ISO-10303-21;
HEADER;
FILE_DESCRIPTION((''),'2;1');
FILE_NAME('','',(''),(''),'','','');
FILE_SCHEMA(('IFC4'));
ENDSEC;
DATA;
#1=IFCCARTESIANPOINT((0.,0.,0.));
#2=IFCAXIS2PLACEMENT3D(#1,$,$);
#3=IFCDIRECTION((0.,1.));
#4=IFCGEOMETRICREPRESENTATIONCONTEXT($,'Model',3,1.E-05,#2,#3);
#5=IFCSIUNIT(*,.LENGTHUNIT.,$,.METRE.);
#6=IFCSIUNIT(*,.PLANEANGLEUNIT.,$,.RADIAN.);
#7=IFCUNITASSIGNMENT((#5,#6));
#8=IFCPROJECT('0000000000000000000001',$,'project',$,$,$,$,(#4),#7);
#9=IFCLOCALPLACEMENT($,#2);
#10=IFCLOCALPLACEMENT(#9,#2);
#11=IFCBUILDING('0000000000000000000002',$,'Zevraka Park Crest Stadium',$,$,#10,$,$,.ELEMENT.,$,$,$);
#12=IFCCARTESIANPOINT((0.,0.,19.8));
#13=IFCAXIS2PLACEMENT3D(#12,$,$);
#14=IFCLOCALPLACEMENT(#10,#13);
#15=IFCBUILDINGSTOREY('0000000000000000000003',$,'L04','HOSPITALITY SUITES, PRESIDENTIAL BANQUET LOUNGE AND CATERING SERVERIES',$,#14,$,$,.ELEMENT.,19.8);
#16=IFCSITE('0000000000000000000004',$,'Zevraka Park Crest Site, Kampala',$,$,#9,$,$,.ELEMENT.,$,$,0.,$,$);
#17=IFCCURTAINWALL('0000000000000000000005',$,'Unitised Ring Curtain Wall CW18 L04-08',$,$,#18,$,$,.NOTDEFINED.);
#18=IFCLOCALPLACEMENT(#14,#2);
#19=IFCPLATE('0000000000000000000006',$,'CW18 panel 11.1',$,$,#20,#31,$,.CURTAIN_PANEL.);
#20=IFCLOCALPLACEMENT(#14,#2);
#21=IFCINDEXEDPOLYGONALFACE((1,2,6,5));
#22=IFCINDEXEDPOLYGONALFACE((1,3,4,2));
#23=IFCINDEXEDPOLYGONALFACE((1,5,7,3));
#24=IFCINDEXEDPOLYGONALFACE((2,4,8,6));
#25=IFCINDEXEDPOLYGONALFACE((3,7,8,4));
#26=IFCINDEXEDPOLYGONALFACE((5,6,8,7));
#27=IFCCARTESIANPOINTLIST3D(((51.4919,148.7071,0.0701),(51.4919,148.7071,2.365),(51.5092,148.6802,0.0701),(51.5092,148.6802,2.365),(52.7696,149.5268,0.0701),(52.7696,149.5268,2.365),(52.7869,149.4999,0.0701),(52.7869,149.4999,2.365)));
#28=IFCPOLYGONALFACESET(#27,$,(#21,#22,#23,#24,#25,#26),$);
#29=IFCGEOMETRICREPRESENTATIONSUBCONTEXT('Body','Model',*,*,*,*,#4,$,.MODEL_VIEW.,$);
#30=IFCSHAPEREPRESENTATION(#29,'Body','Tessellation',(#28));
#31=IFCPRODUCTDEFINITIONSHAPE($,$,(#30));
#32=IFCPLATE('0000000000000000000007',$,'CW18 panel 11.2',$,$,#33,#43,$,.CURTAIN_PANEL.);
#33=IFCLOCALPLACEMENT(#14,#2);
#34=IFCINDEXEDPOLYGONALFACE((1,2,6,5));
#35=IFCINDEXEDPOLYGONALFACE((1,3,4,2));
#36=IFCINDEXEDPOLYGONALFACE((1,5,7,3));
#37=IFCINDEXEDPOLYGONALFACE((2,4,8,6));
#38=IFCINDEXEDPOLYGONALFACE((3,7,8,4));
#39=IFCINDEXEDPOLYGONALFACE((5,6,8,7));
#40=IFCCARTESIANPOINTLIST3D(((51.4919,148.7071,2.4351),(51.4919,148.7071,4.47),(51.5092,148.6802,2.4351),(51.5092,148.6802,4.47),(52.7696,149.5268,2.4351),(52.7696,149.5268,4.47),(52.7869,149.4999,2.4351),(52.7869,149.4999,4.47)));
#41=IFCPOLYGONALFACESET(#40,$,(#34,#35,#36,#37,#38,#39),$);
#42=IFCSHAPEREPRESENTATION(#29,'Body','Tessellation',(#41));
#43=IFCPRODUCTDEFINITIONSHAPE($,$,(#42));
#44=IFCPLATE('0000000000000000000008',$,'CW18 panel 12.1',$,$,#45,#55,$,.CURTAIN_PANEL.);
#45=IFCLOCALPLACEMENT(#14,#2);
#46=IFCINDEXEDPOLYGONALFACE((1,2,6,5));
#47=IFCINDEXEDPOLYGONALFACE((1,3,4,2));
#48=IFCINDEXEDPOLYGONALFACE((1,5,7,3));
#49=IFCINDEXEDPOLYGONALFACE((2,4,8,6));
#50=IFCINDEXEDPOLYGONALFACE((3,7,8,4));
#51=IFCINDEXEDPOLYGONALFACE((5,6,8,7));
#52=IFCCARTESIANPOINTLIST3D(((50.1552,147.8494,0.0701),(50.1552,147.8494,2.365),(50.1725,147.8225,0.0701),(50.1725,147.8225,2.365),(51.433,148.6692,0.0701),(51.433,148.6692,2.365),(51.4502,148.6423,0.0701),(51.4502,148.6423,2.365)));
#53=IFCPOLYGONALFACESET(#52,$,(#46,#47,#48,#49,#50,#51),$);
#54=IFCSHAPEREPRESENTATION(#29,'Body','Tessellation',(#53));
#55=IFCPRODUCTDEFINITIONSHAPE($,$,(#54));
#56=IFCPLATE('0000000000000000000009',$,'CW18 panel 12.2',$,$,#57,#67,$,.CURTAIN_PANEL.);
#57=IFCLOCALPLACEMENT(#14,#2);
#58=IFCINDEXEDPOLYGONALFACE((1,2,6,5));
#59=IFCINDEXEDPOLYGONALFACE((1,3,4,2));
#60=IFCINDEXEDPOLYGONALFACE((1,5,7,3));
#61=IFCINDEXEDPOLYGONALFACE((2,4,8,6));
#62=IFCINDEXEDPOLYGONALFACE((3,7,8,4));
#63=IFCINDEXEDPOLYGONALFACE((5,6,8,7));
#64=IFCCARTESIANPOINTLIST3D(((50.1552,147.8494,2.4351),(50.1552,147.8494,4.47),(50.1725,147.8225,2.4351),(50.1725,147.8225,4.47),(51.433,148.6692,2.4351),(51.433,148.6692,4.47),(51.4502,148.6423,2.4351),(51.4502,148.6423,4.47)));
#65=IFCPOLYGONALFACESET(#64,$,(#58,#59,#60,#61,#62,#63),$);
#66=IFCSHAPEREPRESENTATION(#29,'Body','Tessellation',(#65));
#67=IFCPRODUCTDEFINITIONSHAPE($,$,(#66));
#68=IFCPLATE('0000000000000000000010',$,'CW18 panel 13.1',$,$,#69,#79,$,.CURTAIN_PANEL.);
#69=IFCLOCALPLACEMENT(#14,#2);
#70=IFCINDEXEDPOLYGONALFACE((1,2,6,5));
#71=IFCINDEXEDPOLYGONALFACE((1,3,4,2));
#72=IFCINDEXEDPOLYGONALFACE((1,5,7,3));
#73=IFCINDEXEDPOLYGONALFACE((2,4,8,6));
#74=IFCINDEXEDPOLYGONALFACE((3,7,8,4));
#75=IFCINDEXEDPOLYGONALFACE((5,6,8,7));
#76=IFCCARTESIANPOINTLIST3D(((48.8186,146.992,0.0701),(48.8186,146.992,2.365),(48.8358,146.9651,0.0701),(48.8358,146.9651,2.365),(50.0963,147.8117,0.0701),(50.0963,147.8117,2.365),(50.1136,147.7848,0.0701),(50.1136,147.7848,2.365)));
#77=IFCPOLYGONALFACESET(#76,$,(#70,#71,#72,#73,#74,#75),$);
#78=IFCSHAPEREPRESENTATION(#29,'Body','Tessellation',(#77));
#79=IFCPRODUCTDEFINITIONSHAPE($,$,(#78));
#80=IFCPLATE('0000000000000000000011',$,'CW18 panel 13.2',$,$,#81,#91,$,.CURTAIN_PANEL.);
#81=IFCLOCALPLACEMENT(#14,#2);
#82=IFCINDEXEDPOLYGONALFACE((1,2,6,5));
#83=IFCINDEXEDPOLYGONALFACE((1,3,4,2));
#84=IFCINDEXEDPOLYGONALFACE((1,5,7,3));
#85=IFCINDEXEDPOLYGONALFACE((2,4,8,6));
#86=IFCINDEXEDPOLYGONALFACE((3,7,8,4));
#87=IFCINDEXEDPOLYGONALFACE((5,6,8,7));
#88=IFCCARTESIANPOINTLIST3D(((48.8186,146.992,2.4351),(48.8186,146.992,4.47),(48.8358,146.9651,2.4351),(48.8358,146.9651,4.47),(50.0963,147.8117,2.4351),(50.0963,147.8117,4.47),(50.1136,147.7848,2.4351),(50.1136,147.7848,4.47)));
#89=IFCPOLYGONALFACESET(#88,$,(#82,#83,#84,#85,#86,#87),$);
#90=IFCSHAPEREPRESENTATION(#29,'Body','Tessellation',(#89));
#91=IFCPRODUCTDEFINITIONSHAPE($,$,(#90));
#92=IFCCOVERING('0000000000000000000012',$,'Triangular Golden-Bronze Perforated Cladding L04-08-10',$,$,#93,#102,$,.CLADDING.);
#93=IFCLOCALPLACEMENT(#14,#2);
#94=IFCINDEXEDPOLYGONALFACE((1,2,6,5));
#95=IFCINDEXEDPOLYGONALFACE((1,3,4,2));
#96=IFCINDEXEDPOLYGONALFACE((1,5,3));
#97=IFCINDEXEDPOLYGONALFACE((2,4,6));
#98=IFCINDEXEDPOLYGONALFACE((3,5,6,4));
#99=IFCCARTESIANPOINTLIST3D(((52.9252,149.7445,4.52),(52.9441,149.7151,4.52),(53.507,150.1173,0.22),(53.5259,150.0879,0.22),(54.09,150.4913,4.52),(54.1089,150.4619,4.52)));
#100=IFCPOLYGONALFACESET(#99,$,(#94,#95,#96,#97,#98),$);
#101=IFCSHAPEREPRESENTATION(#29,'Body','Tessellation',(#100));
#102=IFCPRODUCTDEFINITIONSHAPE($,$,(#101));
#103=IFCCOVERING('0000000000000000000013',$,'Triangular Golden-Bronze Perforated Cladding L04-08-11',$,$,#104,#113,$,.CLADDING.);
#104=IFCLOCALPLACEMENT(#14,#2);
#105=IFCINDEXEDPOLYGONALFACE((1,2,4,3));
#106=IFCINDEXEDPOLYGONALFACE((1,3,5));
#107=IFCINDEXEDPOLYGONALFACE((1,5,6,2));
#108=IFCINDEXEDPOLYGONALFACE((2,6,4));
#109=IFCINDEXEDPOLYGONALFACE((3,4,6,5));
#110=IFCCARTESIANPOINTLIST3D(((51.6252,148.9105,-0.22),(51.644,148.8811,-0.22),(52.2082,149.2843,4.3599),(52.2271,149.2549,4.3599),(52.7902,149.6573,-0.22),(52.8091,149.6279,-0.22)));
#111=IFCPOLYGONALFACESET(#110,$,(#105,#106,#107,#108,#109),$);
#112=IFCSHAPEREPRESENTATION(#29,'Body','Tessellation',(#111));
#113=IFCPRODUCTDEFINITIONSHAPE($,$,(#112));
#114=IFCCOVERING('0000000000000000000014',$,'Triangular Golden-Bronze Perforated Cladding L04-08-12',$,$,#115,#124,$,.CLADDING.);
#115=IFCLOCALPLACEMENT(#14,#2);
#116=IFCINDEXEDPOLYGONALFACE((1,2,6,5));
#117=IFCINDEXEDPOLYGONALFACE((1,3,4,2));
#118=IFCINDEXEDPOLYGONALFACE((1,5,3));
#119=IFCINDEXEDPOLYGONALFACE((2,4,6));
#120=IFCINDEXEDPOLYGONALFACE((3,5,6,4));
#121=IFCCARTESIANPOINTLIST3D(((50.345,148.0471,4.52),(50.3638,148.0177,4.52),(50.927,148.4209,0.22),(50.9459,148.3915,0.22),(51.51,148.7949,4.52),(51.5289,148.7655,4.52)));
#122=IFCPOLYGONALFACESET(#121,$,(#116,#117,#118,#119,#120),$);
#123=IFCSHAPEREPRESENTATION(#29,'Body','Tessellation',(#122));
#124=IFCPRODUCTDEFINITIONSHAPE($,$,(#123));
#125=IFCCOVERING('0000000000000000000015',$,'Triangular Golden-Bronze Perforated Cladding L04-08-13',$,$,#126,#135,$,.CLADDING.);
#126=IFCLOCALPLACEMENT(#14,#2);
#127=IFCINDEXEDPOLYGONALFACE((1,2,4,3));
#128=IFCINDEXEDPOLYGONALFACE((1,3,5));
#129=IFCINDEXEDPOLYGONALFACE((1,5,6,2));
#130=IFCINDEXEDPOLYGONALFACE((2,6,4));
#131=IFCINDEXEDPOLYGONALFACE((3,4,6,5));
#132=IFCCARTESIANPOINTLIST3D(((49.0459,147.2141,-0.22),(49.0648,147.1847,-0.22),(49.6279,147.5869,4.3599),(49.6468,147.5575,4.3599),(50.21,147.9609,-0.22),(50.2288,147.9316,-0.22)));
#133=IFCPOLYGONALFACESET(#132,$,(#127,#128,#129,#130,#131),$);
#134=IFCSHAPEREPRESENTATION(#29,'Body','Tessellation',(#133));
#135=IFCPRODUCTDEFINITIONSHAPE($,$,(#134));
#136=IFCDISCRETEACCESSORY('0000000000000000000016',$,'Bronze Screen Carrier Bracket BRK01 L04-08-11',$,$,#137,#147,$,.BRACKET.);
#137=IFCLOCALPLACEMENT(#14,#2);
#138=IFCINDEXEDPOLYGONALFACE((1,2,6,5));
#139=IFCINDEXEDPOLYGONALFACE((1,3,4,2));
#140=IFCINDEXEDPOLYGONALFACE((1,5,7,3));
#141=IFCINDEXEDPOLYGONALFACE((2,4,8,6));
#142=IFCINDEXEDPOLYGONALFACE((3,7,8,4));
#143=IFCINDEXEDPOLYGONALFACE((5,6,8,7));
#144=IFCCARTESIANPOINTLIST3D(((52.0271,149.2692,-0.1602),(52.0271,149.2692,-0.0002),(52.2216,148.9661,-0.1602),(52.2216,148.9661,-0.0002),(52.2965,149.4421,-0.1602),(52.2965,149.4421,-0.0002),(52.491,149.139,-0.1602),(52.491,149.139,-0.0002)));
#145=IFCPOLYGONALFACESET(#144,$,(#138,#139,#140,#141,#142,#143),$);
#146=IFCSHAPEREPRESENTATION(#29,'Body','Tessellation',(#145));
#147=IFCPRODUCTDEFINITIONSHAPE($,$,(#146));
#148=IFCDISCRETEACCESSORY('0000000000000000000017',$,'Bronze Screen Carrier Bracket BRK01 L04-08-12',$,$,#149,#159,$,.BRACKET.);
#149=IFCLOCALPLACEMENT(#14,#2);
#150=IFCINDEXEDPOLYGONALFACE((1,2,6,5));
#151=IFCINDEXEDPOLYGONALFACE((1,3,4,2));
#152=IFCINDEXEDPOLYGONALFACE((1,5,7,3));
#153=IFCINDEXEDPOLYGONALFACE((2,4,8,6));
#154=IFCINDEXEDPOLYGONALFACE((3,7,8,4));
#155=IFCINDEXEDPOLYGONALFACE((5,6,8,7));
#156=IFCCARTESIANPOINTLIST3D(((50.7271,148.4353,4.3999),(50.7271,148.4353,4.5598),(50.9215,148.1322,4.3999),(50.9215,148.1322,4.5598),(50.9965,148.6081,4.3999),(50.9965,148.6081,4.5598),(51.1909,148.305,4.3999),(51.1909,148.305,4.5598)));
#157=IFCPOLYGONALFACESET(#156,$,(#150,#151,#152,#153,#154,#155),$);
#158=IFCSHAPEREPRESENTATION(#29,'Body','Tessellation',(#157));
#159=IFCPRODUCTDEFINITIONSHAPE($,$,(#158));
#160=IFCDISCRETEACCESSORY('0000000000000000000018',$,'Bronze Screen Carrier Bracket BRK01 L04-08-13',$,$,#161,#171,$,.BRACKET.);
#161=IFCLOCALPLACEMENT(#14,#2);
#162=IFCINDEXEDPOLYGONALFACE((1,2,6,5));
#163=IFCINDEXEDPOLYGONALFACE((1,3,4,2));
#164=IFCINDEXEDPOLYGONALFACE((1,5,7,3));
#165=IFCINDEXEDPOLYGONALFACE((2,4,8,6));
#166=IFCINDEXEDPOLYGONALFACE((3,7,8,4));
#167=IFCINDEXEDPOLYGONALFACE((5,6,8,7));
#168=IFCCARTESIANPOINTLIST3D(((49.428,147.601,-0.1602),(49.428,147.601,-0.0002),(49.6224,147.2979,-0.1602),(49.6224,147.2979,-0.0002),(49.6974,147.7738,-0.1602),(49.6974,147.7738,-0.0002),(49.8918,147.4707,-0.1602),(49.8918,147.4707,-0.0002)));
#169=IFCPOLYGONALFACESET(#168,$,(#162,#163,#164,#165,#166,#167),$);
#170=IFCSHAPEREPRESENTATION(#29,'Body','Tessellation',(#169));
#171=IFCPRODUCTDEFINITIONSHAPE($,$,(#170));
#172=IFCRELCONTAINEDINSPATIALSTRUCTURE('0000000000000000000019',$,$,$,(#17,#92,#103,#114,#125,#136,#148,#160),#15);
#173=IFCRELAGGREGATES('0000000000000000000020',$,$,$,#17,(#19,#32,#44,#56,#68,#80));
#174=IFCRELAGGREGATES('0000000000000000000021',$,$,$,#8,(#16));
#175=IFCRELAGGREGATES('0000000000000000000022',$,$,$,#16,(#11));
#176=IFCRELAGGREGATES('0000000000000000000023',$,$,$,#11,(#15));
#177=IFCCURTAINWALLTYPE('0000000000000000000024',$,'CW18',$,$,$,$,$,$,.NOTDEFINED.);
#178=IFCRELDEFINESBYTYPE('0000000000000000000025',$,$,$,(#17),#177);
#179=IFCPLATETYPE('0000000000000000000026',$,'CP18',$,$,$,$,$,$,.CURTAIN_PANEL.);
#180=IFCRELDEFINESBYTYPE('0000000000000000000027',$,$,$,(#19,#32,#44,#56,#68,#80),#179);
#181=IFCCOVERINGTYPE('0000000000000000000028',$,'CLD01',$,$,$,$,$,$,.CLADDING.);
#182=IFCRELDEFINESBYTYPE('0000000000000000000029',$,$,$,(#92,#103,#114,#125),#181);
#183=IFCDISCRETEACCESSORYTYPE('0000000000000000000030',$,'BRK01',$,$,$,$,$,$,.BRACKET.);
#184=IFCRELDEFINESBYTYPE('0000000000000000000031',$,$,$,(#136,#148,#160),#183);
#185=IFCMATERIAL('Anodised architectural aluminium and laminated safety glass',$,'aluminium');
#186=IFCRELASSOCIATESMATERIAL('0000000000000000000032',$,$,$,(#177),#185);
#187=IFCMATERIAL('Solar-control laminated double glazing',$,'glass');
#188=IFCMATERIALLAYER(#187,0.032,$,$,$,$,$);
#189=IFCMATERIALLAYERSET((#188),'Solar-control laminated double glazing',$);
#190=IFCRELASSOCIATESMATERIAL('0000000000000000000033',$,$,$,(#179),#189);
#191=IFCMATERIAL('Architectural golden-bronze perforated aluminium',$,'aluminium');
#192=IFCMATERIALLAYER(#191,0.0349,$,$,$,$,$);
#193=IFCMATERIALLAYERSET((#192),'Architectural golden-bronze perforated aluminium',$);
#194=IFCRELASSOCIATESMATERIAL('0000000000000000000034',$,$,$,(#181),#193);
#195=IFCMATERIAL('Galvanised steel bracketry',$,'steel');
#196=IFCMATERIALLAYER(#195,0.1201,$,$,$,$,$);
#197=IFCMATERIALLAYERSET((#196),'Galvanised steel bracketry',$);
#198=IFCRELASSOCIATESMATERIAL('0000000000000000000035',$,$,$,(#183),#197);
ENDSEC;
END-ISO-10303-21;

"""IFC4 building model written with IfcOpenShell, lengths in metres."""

from ifc_helpers import new_model, si_unit, direction, frame, origin, origin_2d, place, context, subcontext, project, spatial, polyline, rectangle, outline, extrude, material, layer, layer_set, type_object, element, aggregate, save


model = new_model("IFC4")

# Units and contexts
model_context = context("Model", 3, precision=1e-05, world=origin(), true_north=direction((0.0, 1.0)))
body_context = subcontext(model_context, "Body", "Model", "MODEL_VIEW")
ifc_project = project(units=[si_unit("LENGTHUNIT", "METRE"), si_unit("PLANEANGLEUNIT", "RADIAN")], contexts=[model_context])

# Site, building, storey
site_placement = place(None, origin())
site = spatial("IfcSite", under=ifc_project, at=site_placement, Name="Zevraka Park Crest Site, Kampala", CompositionType="ELEMENT", RefElevation=0.0)
building_placement = place(site_placement, origin())
building = spatial("IfcBuilding", under=site, at=building_placement, Name="Zevraka Park Crest Stadium", CompositionType="ELEMENT")
storey_placement = place(building_placement, frame((0.0, 0.0, 19.8)))
storey = spatial("IfcBuildingStorey", under=building, at=storey_placement, Name="L04", Description="HOSPITALITY SUITES, PRESIDENTIAL BANQUET LOUNGE AND CATERING SERVERIES", CompositionType="ELEMENT", Elevation=19.8)

# Curtain wall, plates
ifc_material_1 = material(Name="Anodised architectural aluminium and laminated safety glass", Category="aluminium")
curtain_wall_type = type_object("IfcCurtainWallType", Name="CW18", PredefinedType="NOTDEFINED", material=ifc_material_1)
curtain_wall_placement = place(storey_placement, origin())
curtain_wall = element("IfcCurtainWall", 1, at=curtain_wall_placement, inside=storey, type_object=curtain_wall_type, Name="Unitised Ring Curtain Wall CW18 L04-08", PredefinedType="NOTDEFINED")
ifc_material_2 = material(Name="Solar-control laminated double glazing", Category="glass")
ifc_layer_1 = layer(ifc_material_2, 0.032)
ifc_layer_set_1 = layer_set([ifc_layer_1], Name="Solar-control laminated double glazing")
plate_type = type_object("IfcPlateType", Name="CP18", PredefinedType="CURTAIN_PANEL", material=ifc_layer_set_1)
plate_1_placement = place(storey_placement, frame((52.1394, 149.1035, 0.0701), z_axis=(0.0, 0.0, 1.0), x_axis=(-0.841678, -0.53998, 0.0)))
plate_1 = element("IfcPlate", 2, at=plate_1_placement, type_object=plate_type, Name="CW18 panel 11.1", PredefinedType="CURTAIN_PANEL", context=body_context, shape_type="SweptSolid", body=[
    extrude(rectangle(XDim=1.5181, YDim=0.032, at=origin_2d()), origin(), (0.0, 0.0, 1.0), 2.2949),
])
plate_2_placement = place(storey_placement, frame((52.1394, 149.1035, 2.4351), z_axis=(0.0, 0.0, 1.0), x_axis=(-0.841678, -0.53998, 0.0)))
plate_2 = element("IfcPlate", 3, at=plate_2_placement, type_object=plate_type, Name="CW18 panel 11.2", PredefinedType="CURTAIN_PANEL", context=body_context, shape_type="SweptSolid", body=[
    extrude(rectangle(XDim=1.5181, YDim=0.032, at=origin_2d()), origin(), (0.0, 0.0, 1.0), 2.0349),
])
plate_3_placement = place(storey_placement, frame((50.8027, 148.2458, 0.0701), z_axis=(0.0, 0.0, 1.0), x_axis=(-0.841678, -0.53998, 0.0)))
plate_3 = element("IfcPlate", 4, at=plate_3_placement, type_object=plate_type, Name="CW18 panel 12.1", PredefinedType="CURTAIN_PANEL", context=body_context, shape_type="SweptSolid", body=[
    extrude(rectangle(XDim=1.5181, YDim=0.032, at=origin_2d()), origin(), (0.0, 0.0, 1.0), 2.2949),
])
plate_4_placement = place(storey_placement, frame((50.8027, 148.2458, 2.4351), z_axis=(0.0, 0.0, 1.0), x_axis=(-0.841678, -0.53998, 0.0)))
plate_4 = element("IfcPlate", 5, at=plate_4_placement, type_object=plate_type, Name="CW18 panel 12.2", PredefinedType="CURTAIN_PANEL", context=body_context, shape_type="SweptSolid", body=[
    extrude(rectangle(XDim=1.5181, YDim=0.032, at=origin_2d()), origin(), (0.0, 0.0, 1.0), 2.0349),
])
plate_5_placement = place(storey_placement, frame((49.4661, 147.3884, 0.0701), z_axis=(0.0, 0.0, 1.0), x_axis=(-0.841678, -0.53998, 0.0)))
plate_5 = element("IfcPlate", 6, at=plate_5_placement, type_object=plate_type, Name="CW18 panel 13.1", PredefinedType="CURTAIN_PANEL", context=body_context, shape_type="SweptSolid", body=[
    extrude(rectangle(XDim=1.5181, YDim=0.032, at=origin_2d()), origin(), (0.0, 0.0, 1.0), 2.2949),
])
plate_6_placement = place(storey_placement, frame((49.4661, 147.3884, 2.4351), z_axis=(0.0, 0.0, 1.0), x_axis=(-0.841678, -0.53998, 0.0)))
plate_6 = element("IfcPlate", 7, at=plate_6_placement, type_object=plate_type, Name="CW18 panel 13.2", PredefinedType="CURTAIN_PANEL", context=body_context, shape_type="SweptSolid", body=[
    extrude(rectangle(XDim=1.5181, YDim=0.032, at=origin_2d()), origin(), (0.0, 0.0, 1.0), 2.0349),
])
aggregate(curtain_wall, [plate_1, plate_2, plate_3, plate_4, plate_5, plate_6])

# Coverings
ifc_material_3 = material(Name="Architectural golden-bronze perforated aluminium", Category="aluminium")
ifc_layer_2 = layer(ifc_material_3, 0.0349)
ifc_layer_set_2 = layer_set([ifc_layer_2], Name="Architectural golden-bronze perforated aluminium")
covering_type = type_object("IfcCoveringType", Name="CLD01", PredefinedType="CLADDING", material=ifc_layer_set_2)
covering_1_placement = place(storey_placement, frame((52.9441, 149.7151, 4.52), z_axis=(0.539749, -0.841826, 0.000043), x_axis=(0.841826, 0.539749, 0.0)))
element("IfcCovering", 8, at=covering_1_placement, inside=storey, type_object=covering_type, Name="Triangular Golden-Bronze Perforated Cladding L04-08-10", PredefinedType="CLADDING", context=body_context, shape_type="SweptSolid", body=[
    extrude(outline(polyline([(0.0, 0.0), (1.3837, 0.0), (0.691, -4.3), (0.0, 0.0)])), origin(), (0.0, 0.0, -1.0), 0.0349),
])
covering_2_placement = place(storey_placement, frame((52.8091, 149.6279, -0.22), z_axis=(0.539669, -0.841877, 0.00001), x_axis=(-0.841877, -0.539669, 0.0)))
element("IfcCovering", 9, at=covering_2_placement, inside=storey, type_object=covering_type, Name="Triangular Golden-Bronze Perforated Cladding L04-08-11", PredefinedType="CLADDING", context=body_context, shape_type="SweptSolid", body=[
    extrude(outline(polyline([(0.0, 0.0), (1.3839, 0.0), (0.6913, -4.5798), (0.0, 0.0)])), origin(), (0.0, 0.0, -1.0), 0.0349),
])
covering_3_placement = place(storey_placement, frame((50.345, 148.0471, 4.52), z_axis=(-0.540169, 0.841556, 0.000037), x_axis=(0.841556, 0.540169, 0.0)))
element("IfcCovering", 10, at=covering_3_placement, inside=storey, type_object=covering_type, Name="Triangular Golden-Bronze Perforated Cladding L04-08-12", PredefinedType="CLADDING", context=body_context, shape_type="SweptSolid", body=[
    extrude(outline(polyline([(0.0, 0.0), (1.3844, 0.0), (0.6917, 4.3), (0.0, 0.0)])), origin(), (0.0, 0.0, -1.0), 0.0349),
])
covering_4_placement = place(storey_placement, frame((50.21, 147.9609, -0.22), z_axis=(-0.53999, 0.841671, 0.000112), x_axis=(-0.841671, -0.53999, 0.0)))
element("IfcCovering", 11, at=covering_4_placement, inside=storey, type_object=covering_type, Name="Triangular Golden-Bronze Perforated Cladding L04-08-13", PredefinedType="CLADDING", context=body_context, shape_type="SweptSolid", body=[
    extrude(outline(polyline([(0.0, 0.0), (1.383, 0.0), (0.6918, 4.5798), (0.0, 0.0)])), origin(), (0.0, 0.0, -1.0), 0.0349),
])

# Discrete accessories
ifc_material_4 = material(Name="Galvanised steel bracketry", Category="steel")
ifc_layer_3 = layer(ifc_material_4, 0.1201)
ifc_layer_set_3 = layer_set([ifc_layer_3], Name="Galvanised steel bracketry")
discrete_accessory_type = type_object("IfcDiscreteAccessoryType", Name="BRK01", PredefinedType="BRACKET", material=ifc_layer_set_3)
for number, where, z_axis, x_axis, name in (
    (12, (52.259, 149.2041, -0.1602), (0.0, 0.0, 1.0), (-0.841699, -0.539947, 0.0), "Bronze Screen Carrier Bracket BRK01 L04-08-11"),
    (13, (50.959, 148.3701, 4.3999), (0.0, 0.0, 1.0), (-0.841699, -0.539947, 0.0), "Bronze Screen Carrier Bracket BRK01 L04-08-12"),
    (14, (49.6599, 147.5359, -0.1602), (0.0, 0.0, 1.0), (-0.841699, -0.539947, 0.0), "Bronze Screen Carrier Bracket BRK01 L04-08-13"),
):
    element("IfcDiscreteAccessory", number, at=place(storey_placement, frame(where, z_axis=z_axis, x_axis=x_axis)), inside=storey, type_object=discrete_accessory_type, Name=name, PredefinedType="BRACKET", context=body_context, shape_type="SweptSolid", body=[
        extrude(rectangle(XDim=0.3201, YDim=0.3601, at=origin_2d()), origin(), (0.0, 0.0, 1.0), 0.1599),
    ])

save(model, "model.ifc")
